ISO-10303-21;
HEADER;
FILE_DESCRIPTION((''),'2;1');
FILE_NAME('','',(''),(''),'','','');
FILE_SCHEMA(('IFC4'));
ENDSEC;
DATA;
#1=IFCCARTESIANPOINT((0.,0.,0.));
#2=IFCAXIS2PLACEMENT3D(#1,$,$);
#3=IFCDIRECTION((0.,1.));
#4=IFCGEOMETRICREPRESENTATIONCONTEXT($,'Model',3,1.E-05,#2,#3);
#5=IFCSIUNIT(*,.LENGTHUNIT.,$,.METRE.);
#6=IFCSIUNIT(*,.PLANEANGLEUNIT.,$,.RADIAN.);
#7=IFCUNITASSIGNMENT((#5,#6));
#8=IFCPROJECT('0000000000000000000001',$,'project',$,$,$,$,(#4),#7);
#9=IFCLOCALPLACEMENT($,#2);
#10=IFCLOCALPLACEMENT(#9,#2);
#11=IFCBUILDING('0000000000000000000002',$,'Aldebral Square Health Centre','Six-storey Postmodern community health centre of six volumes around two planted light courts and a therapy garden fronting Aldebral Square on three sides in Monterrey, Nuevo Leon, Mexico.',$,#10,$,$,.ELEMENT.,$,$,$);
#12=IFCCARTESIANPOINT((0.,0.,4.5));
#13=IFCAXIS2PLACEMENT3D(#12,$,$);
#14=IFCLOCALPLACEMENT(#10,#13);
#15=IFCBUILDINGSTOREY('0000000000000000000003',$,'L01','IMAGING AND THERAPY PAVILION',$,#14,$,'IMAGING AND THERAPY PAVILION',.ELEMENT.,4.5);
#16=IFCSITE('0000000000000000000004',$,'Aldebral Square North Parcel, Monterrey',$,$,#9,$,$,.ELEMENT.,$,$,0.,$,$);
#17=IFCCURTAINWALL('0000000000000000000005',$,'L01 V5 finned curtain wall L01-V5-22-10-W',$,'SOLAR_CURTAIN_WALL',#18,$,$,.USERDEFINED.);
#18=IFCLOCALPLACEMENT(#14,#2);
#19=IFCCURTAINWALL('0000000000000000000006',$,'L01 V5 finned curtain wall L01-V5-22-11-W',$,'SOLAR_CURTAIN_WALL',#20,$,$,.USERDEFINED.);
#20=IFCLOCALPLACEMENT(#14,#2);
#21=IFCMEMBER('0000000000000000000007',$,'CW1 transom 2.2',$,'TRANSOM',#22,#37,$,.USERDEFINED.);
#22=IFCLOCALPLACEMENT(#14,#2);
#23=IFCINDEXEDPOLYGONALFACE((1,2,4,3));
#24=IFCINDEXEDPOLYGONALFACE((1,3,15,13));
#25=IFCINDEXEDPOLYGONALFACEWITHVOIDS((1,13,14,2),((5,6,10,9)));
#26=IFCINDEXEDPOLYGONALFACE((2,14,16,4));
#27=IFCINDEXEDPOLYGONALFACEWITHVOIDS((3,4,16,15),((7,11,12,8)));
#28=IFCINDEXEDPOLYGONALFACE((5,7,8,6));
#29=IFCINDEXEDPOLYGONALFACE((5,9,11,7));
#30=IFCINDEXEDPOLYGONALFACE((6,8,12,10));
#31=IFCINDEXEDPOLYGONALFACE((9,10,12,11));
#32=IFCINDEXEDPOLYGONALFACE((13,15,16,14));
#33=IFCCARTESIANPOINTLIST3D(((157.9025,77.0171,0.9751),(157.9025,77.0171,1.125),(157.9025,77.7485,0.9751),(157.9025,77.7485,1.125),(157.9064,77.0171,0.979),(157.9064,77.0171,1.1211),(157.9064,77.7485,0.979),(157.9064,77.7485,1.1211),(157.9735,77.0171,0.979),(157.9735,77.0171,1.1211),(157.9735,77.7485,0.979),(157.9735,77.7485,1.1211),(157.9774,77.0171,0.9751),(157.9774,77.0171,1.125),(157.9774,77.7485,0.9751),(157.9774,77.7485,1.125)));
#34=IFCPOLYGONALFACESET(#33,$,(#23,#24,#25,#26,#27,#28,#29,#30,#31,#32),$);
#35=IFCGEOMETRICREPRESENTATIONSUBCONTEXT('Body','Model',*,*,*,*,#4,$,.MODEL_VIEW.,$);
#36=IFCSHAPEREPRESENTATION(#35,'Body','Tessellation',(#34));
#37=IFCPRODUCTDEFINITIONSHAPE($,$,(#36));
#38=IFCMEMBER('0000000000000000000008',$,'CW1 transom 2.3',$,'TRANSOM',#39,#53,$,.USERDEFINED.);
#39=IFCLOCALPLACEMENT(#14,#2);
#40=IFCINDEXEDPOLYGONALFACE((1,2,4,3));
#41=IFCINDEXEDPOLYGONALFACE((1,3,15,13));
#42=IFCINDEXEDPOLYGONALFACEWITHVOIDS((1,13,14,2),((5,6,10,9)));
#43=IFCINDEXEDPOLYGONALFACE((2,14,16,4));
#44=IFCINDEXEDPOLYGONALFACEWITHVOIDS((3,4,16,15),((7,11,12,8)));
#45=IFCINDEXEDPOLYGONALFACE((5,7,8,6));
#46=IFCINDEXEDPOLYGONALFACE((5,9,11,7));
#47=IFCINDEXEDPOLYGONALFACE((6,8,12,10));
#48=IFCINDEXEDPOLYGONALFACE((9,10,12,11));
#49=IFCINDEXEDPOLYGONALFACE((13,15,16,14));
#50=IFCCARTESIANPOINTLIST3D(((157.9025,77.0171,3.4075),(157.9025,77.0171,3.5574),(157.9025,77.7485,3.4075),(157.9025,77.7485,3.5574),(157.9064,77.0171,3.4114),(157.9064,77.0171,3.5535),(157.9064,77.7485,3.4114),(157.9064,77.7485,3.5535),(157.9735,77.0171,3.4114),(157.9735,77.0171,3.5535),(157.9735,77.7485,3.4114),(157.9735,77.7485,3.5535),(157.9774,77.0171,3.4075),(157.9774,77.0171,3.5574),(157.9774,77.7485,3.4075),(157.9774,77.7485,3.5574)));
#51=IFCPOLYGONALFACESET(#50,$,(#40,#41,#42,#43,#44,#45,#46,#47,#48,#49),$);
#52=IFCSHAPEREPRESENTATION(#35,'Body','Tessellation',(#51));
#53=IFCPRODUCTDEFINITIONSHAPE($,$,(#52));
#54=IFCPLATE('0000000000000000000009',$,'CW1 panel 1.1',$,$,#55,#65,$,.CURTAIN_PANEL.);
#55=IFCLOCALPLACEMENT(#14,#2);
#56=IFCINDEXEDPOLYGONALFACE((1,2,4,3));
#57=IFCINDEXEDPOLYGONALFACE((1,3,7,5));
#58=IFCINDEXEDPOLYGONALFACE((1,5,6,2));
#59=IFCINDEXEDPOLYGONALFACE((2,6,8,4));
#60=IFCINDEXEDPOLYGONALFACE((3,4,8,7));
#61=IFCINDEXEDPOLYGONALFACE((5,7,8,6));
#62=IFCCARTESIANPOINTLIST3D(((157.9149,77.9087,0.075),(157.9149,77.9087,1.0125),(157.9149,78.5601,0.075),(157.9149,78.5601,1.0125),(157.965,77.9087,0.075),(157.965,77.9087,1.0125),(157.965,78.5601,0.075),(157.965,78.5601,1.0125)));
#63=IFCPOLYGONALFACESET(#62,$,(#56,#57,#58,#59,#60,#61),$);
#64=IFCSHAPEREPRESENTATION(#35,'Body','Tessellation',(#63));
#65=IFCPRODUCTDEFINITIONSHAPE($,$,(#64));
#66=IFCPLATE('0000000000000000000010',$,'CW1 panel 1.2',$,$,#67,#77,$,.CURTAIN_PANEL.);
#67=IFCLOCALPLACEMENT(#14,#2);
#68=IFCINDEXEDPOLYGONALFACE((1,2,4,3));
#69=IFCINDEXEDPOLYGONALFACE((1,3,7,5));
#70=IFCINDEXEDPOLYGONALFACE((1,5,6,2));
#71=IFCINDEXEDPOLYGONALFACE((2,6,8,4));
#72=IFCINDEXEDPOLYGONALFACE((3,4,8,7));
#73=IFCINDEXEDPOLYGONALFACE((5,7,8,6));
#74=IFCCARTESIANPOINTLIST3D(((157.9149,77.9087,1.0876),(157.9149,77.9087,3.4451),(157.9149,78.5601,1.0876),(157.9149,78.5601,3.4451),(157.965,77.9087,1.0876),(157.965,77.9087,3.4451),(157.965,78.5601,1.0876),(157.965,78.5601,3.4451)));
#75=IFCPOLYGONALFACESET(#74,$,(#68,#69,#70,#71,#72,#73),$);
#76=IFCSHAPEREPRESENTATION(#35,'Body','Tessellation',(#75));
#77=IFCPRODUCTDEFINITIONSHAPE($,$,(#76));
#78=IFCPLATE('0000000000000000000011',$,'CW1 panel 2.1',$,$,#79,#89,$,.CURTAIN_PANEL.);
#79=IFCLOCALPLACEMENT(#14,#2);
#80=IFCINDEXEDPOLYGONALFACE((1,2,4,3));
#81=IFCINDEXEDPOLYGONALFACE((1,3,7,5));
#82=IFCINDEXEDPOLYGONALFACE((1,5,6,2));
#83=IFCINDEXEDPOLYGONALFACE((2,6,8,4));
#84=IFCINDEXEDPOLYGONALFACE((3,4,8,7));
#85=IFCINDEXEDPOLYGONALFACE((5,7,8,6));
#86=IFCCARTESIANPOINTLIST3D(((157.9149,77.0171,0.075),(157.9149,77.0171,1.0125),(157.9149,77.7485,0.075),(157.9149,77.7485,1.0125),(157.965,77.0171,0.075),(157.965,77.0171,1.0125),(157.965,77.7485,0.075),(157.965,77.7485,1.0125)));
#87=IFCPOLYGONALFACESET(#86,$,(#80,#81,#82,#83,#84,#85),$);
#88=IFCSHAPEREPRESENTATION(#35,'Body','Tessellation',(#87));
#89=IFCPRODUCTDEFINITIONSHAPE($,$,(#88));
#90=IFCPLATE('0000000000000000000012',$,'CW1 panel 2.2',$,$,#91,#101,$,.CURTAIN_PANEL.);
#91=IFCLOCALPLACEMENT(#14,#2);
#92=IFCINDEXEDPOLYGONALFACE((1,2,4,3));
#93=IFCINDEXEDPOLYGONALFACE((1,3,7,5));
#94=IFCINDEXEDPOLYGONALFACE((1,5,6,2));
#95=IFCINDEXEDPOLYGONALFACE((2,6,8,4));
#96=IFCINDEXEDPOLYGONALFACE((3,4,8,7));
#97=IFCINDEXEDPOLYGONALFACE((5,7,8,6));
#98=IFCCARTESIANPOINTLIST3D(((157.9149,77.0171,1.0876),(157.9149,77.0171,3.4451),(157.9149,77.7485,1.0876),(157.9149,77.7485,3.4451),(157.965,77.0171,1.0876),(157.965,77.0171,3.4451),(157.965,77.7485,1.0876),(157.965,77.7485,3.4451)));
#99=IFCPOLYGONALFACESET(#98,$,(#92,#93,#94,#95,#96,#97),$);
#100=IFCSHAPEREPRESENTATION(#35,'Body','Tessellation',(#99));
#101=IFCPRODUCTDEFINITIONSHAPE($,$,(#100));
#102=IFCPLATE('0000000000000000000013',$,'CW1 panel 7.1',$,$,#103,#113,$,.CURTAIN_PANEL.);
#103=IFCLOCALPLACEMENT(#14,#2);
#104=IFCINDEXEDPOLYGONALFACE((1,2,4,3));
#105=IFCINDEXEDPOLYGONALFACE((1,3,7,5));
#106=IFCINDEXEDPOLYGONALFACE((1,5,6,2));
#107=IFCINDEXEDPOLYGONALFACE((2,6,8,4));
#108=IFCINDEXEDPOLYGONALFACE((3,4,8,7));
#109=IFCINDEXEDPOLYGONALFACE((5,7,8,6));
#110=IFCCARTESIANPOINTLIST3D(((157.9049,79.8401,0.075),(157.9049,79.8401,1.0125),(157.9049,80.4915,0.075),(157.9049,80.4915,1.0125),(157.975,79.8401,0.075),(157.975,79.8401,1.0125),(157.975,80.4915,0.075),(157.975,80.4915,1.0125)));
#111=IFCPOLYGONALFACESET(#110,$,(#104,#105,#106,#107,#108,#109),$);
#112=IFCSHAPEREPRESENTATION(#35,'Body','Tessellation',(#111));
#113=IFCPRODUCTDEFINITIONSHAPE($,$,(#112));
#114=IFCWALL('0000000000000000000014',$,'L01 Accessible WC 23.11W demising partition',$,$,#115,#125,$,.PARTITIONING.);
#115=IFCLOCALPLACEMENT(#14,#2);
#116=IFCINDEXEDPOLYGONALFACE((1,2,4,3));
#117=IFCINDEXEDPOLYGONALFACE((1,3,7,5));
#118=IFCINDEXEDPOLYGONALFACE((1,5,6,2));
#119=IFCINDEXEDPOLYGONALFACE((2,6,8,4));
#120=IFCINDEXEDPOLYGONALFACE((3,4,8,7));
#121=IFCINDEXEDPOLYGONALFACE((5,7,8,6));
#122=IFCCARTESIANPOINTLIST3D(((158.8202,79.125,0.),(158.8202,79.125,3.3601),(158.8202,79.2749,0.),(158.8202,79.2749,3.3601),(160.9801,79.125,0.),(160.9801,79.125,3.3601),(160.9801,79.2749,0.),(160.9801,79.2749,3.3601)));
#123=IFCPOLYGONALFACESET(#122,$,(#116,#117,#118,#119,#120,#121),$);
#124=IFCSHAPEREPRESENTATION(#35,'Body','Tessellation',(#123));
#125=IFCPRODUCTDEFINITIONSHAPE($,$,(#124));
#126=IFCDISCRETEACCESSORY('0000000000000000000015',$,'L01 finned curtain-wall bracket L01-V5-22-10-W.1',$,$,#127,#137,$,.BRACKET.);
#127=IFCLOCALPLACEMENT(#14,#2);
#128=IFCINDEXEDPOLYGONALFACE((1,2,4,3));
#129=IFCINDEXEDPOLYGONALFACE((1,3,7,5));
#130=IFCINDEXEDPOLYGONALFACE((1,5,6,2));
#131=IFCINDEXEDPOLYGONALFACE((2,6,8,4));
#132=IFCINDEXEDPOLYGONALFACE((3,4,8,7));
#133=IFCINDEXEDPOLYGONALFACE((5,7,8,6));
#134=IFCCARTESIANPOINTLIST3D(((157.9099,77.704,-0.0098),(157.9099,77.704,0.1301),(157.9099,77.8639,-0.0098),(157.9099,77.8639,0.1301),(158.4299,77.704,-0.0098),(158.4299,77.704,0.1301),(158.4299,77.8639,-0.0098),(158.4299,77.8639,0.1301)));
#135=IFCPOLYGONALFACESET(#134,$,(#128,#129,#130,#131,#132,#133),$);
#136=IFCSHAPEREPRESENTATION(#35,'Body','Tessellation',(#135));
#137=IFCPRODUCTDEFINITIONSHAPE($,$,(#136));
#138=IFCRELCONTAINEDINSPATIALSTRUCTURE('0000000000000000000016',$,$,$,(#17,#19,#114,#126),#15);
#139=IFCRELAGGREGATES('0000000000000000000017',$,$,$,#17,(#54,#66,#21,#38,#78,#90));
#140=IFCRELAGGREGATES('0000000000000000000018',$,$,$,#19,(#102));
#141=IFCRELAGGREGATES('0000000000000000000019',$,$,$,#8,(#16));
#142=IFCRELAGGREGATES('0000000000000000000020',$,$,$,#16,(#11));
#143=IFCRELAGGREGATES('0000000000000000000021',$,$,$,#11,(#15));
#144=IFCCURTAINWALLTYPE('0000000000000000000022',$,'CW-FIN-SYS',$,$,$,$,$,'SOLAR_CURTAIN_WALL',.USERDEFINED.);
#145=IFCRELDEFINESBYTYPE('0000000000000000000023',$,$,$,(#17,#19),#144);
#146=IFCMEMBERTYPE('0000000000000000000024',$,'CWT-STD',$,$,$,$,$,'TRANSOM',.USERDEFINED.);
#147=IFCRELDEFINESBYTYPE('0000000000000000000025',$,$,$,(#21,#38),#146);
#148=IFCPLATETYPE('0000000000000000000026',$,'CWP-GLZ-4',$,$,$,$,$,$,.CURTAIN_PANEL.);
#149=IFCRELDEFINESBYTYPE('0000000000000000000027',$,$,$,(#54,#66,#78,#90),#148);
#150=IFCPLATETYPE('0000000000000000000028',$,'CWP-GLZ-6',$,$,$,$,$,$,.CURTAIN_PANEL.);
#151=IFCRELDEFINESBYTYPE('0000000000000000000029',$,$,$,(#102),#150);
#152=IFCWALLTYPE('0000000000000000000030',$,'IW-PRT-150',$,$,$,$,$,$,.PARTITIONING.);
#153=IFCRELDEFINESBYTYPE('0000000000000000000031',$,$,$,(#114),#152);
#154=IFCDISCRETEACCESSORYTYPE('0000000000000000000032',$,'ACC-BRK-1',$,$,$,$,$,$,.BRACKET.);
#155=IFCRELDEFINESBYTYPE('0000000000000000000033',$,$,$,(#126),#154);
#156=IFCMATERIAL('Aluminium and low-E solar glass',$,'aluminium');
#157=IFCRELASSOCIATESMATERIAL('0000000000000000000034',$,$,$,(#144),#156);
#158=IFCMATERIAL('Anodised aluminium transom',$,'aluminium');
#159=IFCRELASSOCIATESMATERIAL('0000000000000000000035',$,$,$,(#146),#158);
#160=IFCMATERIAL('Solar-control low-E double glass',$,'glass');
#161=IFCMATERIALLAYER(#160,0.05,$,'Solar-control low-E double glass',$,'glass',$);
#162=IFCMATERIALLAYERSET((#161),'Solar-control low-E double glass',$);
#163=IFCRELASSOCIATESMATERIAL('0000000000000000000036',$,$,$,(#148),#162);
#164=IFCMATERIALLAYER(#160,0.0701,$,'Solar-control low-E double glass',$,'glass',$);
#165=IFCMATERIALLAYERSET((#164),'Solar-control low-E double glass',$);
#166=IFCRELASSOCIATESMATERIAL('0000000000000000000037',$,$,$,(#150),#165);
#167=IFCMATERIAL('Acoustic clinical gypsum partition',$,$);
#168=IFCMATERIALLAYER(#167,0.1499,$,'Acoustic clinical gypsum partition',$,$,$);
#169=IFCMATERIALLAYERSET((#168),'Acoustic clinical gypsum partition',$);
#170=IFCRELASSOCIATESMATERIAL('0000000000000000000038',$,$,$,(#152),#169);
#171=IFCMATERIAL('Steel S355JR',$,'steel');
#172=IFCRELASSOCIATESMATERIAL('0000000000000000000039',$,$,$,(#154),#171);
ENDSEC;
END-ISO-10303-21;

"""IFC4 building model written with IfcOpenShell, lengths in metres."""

from ifc_helpers import new_model, si_unit, direction, frame, frame_2d, origin, origin_2d, place, context, subcontext, project, spatial, rectangle, hollow_rectangle, extrude, material, layer, layer_set, material_profile, profile_set, type_object, element, aggregate, save


model = new_model("IFC4")

# Units and contexts
model_context = context("Model", 3, precision=1e-05, world=origin(), true_north=direction((0.0, 1.0)))
body_context = subcontext(model_context, "Body", "Model", "MODEL_VIEW")
ifc_project = project(units=[si_unit("LENGTHUNIT", "METRE"), si_unit("PLANEANGLEUNIT", "RADIAN")], contexts=[model_context])

# Site, building, storey
site_placement = place(None, origin())
site = spatial("IfcSite", under=ifc_project, at=site_placement, Name="Aldebral Square North Parcel, Monterrey", CompositionType="ELEMENT", RefElevation=0.0)
building_placement = place(site_placement, origin())
building = spatial("IfcBuilding", under=site, at=building_placement, Name="Aldebral Square Health Centre", Description="Six-storey Postmodern community health centre of six volumes around two planted light courts and a therapy garden fronting Aldebral Square on three sides in Monterrey, Nuevo Leon, Mexico.", CompositionType="ELEMENT")
storey_placement = place(building_placement, frame((0.0, 0.0, 4.5)))
storey = spatial("IfcBuildingStorey", under=building, at=storey_placement, Name="L01", Description="IMAGING AND THERAPY PAVILION", LongName="IMAGING AND THERAPY PAVILION", CompositionType="ELEMENT", Elevation=4.5)

# Curtain wall
ifc_material_1 = material(Name="Aluminium and low-E solar glass", Category="aluminium")
curtain_wall_type = type_object("IfcCurtainWallType", Name="CW-FIN-SYS", ElementType="SOLAR_CURTAIN_WALL", PredefinedType="USERDEFINED", material=ifc_material_1)
curtain_wall_1_placement = place(storey_placement, origin())
curtain_wall_1 = element("IfcCurtainWall", 1, at=curtain_wall_1_placement, inside=storey, type_object=curtain_wall_type, Name="L01 V5 finned curtain wall L01-V5-22-10-W", ObjectType="SOLAR_CURTAIN_WALL", PredefinedType="USERDEFINED")

# Curtain wall
curtain_wall_2_placement = place(storey_placement, origin())
curtain_wall_2 = element("IfcCurtainWall", 2, at=curtain_wall_2_placement, inside=storey, type_object=curtain_wall_type, Name="L01 V5 finned curtain wall L01-V5-22-11-W", ObjectType="SOLAR_CURTAIN_WALL", PredefinedType="USERDEFINED")

# Members
ifc_material_2 = material(Name="Anodised aluminium transom", Category="aluminium")
ifc_material_profile_1 = material_profile(ifc_material_2, hollow_rectangle(XDim=0.075, YDim=0.1499, WallThickness=0.0039, at=origin_2d()), Name="CWT 75x150x4")
ifc_profile_set_1 = profile_set([ifc_material_profile_1], Name="Anodised aluminium transom")
member_type_1 = type_object("IfcMemberType", Name="CWT-STD", ElementType="TRANSOM", PredefinedType="USERDEFINED", material=ifc_profile_set_1)
member_1_placement = place(storey_placement, frame((157.9399, 77.7485, 1.05), z_axis=(0.0, -1.0, 0.0), x_axis=(1.0, 0.0, 0.0)))
member_1 = element("IfcMember", 3, at=member_1_placement, type_object=member_type_1, Name="CW1 transom 2.2", ObjectType="TRANSOM", PredefinedType="USERDEFINED", context=body_context, shape_type="SweptSolid", body=[
    extrude(hollow_rectangle(XDim=0.075, YDim=0.1499, WallThickness=0.0039, at=origin_2d()), origin(), (0.0, 0.0, 1.0), 0.7314),
])
member_2_placement = place(storey_placement, frame((157.9399, 77.7485, 3.4824), z_axis=(0.0, -1.0, 0.0), x_axis=(1.0, 0.0, 0.0)))
member_2 = element("IfcMember", 4, at=member_2_placement, type_object=member_type_1, Name="CW1 transom 2.3", ObjectType="TRANSOM", PredefinedType="USERDEFINED", context=body_context, shape_type="SweptSolid", body=[
    extrude(hollow_rectangle(XDim=0.075, YDim=0.1499, WallThickness=0.0039, at=origin_2d()), origin(), (0.0, 0.0, 1.0), 0.7314),
])

# Plates
ifc_material_3 = material(Name="Solar-control low-E double glass", Category="glass")
ifc_layer_1 = layer(ifc_material_3, 0.05, Name="Solar-control low-E double glass", Category="glass")
ifc_layer_set_1 = layer_set([ifc_layer_1], Name="Solar-control low-E double glass")
plate_type_1 = type_object("IfcPlateType", Name="CWP-GLZ-4", PredefinedType="CURTAIN_PANEL", material=ifc_layer_set_1)
plate_1_placement = place(storey_placement, frame((157.9399, 78.2344, 0.075), z_axis=(0.0, 0.0, 1.0), x_axis=(0.0, -1.0, 0.0)))
plate_1 = element("IfcPlate", 5, at=plate_1_placement, type_object=plate_type_1, Name="CW1 panel 1.1", PredefinedType="CURTAIN_PANEL", context=body_context, shape_type="SweptSolid", body=[
    extrude(rectangle(XDim=0.6514, YDim=0.05, at=origin_2d()), origin(), (0.0, 0.0, 1.0), 0.9375),
])
plate_2_placement = place(storey_placement, frame((157.9399, 78.2344, 1.0876), z_axis=(0.0, 0.0, 1.0), x_axis=(0.0, -1.0, 0.0)))
plate_2 = element("IfcPlate", 6, at=plate_2_placement, type_object=plate_type_1, Name="CW1 panel 1.2", PredefinedType="CURTAIN_PANEL", context=body_context, shape_type="SweptSolid", body=[
    extrude(rectangle(XDim=0.6514, YDim=0.05, at=origin_2d()), origin(), (0.0, 0.0, 1.0), 2.3574),
])
plate_3_placement = place(storey_placement, frame((157.9399, 77.3828, 0.075), z_axis=(0.0, 0.0, 1.0), x_axis=(0.0, -1.0, 0.0)))
plate_3 = element("IfcPlate", 7, at=plate_3_placement, type_object=plate_type_1, Name="CW1 panel 2.1", PredefinedType="CURTAIN_PANEL", context=body_context, shape_type="SweptSolid", body=[
    extrude(rectangle(XDim=0.7314, YDim=0.05, at=origin_2d()), origin(), (0.0, 0.0, 1.0), 0.9375),
])
plate_4_placement = place(storey_placement, frame((157.9399, 77.3828, 1.0876), z_axis=(0.0, 0.0, 1.0), x_axis=(0.0, -1.0, 0.0)))
plate_4 = element("IfcPlate", 8, at=plate_4_placement, type_object=plate_type_1, Name="CW1 panel 2.2", PredefinedType="CURTAIN_PANEL", context=body_context, shape_type="SweptSolid", body=[
    extrude(rectangle(XDim=0.7314, YDim=0.05, at=origin_2d()), origin(), (0.0, 0.0, 1.0), 2.3574),
])
aggregate(curtain_wall_1, [plate_1, plate_2, member_1, member_2, plate_3, plate_4])
ifc_layer_2 = layer(ifc_material_3, 0.0701, Name="Solar-control low-E double glass", Category="glass")
ifc_layer_set_2 = layer_set([ifc_layer_2], Name="Solar-control low-E double glass")
plate_type_2 = type_object("IfcPlateType", Name="CWP-GLZ-6", PredefinedType="CURTAIN_PANEL", material=ifc_layer_set_2)
plate_5_placement = place(storey_placement, frame((157.9399, 80.1658, 0.075), z_axis=(0.0, 0.0, 1.0), x_axis=(0.0, -1.0, 0.0)))
plate_5 = element("IfcPlate", 9, at=plate_5_placement, type_object=plate_type_2, Name="CW1 panel 7.1", PredefinedType="CURTAIN_PANEL", context=body_context, shape_type="SweptSolid", body=[
    extrude(rectangle(XDim=0.6514, YDim=0.0701, at=origin_2d()), origin(), (0.0, 0.0, 1.0), 0.9375),
])
aggregate(curtain_wall_2, [plate_5])

# Wall
ifc_material_4 = material(Name="Acoustic clinical gypsum partition")
ifc_layer_3 = layer(ifc_material_4, 0.1499, Name="Acoustic clinical gypsum partition")
ifc_layer_set_3 = layer_set([ifc_layer_3], Name="Acoustic clinical gypsum partition")
wall_type_1 = type_object("IfcWallType", Name="IW-PRT-150", PredefinedType="PARTITIONING", material=ifc_layer_set_3)
wall_1_placement = place(storey_placement, frame((158.8201, 79.2, 0.0), z_axis=(0.0, 0.0, 1.0), x_axis=(1.0, 0.0, 0.0)))
element("IfcWall", 10, at=wall_1_placement, inside=storey, type_object=wall_type_1, Name="L01 Accessible WC 23.11W demising partition", PredefinedType="PARTITIONING", context=body_context, shape_type="SweptSolid", body=[
    extrude(rectangle(XDim=2.1599, YDim=0.1499, at=frame_2d((1.0801, 0.0))), origin(), (0.0, 0.0, 1.0), 3.3601),
])

# Discrete accessory
ifc_material_5 = material(Name="Steel S355JR", Category="steel")
discrete_accessory_type = type_object("IfcDiscreteAccessoryType", Name="ACC-BRK-1", PredefinedType="BRACKET", material=ifc_material_5)
discrete_accessory_placement = place(storey_placement, frame((158.1699, 77.7839, -0.0098), z_axis=(0.0, 0.0, 1.0), x_axis=(0.0, 1.0, 0.0)))
element("IfcDiscreteAccessory", 11, at=discrete_accessory_placement, inside=storey, type_object=discrete_accessory_type, Name="L01 finned curtain-wall bracket L01-V5-22-10-W.1", PredefinedType="BRACKET", context=body_context, shape_type="SweptSolid", body=[
    extrude(rectangle(XDim=0.1599, YDim=0.52, at=origin_2d()), origin(), (0.0, 0.0, 1.0), 0.1399),
])

save(model, "model.ifc")
